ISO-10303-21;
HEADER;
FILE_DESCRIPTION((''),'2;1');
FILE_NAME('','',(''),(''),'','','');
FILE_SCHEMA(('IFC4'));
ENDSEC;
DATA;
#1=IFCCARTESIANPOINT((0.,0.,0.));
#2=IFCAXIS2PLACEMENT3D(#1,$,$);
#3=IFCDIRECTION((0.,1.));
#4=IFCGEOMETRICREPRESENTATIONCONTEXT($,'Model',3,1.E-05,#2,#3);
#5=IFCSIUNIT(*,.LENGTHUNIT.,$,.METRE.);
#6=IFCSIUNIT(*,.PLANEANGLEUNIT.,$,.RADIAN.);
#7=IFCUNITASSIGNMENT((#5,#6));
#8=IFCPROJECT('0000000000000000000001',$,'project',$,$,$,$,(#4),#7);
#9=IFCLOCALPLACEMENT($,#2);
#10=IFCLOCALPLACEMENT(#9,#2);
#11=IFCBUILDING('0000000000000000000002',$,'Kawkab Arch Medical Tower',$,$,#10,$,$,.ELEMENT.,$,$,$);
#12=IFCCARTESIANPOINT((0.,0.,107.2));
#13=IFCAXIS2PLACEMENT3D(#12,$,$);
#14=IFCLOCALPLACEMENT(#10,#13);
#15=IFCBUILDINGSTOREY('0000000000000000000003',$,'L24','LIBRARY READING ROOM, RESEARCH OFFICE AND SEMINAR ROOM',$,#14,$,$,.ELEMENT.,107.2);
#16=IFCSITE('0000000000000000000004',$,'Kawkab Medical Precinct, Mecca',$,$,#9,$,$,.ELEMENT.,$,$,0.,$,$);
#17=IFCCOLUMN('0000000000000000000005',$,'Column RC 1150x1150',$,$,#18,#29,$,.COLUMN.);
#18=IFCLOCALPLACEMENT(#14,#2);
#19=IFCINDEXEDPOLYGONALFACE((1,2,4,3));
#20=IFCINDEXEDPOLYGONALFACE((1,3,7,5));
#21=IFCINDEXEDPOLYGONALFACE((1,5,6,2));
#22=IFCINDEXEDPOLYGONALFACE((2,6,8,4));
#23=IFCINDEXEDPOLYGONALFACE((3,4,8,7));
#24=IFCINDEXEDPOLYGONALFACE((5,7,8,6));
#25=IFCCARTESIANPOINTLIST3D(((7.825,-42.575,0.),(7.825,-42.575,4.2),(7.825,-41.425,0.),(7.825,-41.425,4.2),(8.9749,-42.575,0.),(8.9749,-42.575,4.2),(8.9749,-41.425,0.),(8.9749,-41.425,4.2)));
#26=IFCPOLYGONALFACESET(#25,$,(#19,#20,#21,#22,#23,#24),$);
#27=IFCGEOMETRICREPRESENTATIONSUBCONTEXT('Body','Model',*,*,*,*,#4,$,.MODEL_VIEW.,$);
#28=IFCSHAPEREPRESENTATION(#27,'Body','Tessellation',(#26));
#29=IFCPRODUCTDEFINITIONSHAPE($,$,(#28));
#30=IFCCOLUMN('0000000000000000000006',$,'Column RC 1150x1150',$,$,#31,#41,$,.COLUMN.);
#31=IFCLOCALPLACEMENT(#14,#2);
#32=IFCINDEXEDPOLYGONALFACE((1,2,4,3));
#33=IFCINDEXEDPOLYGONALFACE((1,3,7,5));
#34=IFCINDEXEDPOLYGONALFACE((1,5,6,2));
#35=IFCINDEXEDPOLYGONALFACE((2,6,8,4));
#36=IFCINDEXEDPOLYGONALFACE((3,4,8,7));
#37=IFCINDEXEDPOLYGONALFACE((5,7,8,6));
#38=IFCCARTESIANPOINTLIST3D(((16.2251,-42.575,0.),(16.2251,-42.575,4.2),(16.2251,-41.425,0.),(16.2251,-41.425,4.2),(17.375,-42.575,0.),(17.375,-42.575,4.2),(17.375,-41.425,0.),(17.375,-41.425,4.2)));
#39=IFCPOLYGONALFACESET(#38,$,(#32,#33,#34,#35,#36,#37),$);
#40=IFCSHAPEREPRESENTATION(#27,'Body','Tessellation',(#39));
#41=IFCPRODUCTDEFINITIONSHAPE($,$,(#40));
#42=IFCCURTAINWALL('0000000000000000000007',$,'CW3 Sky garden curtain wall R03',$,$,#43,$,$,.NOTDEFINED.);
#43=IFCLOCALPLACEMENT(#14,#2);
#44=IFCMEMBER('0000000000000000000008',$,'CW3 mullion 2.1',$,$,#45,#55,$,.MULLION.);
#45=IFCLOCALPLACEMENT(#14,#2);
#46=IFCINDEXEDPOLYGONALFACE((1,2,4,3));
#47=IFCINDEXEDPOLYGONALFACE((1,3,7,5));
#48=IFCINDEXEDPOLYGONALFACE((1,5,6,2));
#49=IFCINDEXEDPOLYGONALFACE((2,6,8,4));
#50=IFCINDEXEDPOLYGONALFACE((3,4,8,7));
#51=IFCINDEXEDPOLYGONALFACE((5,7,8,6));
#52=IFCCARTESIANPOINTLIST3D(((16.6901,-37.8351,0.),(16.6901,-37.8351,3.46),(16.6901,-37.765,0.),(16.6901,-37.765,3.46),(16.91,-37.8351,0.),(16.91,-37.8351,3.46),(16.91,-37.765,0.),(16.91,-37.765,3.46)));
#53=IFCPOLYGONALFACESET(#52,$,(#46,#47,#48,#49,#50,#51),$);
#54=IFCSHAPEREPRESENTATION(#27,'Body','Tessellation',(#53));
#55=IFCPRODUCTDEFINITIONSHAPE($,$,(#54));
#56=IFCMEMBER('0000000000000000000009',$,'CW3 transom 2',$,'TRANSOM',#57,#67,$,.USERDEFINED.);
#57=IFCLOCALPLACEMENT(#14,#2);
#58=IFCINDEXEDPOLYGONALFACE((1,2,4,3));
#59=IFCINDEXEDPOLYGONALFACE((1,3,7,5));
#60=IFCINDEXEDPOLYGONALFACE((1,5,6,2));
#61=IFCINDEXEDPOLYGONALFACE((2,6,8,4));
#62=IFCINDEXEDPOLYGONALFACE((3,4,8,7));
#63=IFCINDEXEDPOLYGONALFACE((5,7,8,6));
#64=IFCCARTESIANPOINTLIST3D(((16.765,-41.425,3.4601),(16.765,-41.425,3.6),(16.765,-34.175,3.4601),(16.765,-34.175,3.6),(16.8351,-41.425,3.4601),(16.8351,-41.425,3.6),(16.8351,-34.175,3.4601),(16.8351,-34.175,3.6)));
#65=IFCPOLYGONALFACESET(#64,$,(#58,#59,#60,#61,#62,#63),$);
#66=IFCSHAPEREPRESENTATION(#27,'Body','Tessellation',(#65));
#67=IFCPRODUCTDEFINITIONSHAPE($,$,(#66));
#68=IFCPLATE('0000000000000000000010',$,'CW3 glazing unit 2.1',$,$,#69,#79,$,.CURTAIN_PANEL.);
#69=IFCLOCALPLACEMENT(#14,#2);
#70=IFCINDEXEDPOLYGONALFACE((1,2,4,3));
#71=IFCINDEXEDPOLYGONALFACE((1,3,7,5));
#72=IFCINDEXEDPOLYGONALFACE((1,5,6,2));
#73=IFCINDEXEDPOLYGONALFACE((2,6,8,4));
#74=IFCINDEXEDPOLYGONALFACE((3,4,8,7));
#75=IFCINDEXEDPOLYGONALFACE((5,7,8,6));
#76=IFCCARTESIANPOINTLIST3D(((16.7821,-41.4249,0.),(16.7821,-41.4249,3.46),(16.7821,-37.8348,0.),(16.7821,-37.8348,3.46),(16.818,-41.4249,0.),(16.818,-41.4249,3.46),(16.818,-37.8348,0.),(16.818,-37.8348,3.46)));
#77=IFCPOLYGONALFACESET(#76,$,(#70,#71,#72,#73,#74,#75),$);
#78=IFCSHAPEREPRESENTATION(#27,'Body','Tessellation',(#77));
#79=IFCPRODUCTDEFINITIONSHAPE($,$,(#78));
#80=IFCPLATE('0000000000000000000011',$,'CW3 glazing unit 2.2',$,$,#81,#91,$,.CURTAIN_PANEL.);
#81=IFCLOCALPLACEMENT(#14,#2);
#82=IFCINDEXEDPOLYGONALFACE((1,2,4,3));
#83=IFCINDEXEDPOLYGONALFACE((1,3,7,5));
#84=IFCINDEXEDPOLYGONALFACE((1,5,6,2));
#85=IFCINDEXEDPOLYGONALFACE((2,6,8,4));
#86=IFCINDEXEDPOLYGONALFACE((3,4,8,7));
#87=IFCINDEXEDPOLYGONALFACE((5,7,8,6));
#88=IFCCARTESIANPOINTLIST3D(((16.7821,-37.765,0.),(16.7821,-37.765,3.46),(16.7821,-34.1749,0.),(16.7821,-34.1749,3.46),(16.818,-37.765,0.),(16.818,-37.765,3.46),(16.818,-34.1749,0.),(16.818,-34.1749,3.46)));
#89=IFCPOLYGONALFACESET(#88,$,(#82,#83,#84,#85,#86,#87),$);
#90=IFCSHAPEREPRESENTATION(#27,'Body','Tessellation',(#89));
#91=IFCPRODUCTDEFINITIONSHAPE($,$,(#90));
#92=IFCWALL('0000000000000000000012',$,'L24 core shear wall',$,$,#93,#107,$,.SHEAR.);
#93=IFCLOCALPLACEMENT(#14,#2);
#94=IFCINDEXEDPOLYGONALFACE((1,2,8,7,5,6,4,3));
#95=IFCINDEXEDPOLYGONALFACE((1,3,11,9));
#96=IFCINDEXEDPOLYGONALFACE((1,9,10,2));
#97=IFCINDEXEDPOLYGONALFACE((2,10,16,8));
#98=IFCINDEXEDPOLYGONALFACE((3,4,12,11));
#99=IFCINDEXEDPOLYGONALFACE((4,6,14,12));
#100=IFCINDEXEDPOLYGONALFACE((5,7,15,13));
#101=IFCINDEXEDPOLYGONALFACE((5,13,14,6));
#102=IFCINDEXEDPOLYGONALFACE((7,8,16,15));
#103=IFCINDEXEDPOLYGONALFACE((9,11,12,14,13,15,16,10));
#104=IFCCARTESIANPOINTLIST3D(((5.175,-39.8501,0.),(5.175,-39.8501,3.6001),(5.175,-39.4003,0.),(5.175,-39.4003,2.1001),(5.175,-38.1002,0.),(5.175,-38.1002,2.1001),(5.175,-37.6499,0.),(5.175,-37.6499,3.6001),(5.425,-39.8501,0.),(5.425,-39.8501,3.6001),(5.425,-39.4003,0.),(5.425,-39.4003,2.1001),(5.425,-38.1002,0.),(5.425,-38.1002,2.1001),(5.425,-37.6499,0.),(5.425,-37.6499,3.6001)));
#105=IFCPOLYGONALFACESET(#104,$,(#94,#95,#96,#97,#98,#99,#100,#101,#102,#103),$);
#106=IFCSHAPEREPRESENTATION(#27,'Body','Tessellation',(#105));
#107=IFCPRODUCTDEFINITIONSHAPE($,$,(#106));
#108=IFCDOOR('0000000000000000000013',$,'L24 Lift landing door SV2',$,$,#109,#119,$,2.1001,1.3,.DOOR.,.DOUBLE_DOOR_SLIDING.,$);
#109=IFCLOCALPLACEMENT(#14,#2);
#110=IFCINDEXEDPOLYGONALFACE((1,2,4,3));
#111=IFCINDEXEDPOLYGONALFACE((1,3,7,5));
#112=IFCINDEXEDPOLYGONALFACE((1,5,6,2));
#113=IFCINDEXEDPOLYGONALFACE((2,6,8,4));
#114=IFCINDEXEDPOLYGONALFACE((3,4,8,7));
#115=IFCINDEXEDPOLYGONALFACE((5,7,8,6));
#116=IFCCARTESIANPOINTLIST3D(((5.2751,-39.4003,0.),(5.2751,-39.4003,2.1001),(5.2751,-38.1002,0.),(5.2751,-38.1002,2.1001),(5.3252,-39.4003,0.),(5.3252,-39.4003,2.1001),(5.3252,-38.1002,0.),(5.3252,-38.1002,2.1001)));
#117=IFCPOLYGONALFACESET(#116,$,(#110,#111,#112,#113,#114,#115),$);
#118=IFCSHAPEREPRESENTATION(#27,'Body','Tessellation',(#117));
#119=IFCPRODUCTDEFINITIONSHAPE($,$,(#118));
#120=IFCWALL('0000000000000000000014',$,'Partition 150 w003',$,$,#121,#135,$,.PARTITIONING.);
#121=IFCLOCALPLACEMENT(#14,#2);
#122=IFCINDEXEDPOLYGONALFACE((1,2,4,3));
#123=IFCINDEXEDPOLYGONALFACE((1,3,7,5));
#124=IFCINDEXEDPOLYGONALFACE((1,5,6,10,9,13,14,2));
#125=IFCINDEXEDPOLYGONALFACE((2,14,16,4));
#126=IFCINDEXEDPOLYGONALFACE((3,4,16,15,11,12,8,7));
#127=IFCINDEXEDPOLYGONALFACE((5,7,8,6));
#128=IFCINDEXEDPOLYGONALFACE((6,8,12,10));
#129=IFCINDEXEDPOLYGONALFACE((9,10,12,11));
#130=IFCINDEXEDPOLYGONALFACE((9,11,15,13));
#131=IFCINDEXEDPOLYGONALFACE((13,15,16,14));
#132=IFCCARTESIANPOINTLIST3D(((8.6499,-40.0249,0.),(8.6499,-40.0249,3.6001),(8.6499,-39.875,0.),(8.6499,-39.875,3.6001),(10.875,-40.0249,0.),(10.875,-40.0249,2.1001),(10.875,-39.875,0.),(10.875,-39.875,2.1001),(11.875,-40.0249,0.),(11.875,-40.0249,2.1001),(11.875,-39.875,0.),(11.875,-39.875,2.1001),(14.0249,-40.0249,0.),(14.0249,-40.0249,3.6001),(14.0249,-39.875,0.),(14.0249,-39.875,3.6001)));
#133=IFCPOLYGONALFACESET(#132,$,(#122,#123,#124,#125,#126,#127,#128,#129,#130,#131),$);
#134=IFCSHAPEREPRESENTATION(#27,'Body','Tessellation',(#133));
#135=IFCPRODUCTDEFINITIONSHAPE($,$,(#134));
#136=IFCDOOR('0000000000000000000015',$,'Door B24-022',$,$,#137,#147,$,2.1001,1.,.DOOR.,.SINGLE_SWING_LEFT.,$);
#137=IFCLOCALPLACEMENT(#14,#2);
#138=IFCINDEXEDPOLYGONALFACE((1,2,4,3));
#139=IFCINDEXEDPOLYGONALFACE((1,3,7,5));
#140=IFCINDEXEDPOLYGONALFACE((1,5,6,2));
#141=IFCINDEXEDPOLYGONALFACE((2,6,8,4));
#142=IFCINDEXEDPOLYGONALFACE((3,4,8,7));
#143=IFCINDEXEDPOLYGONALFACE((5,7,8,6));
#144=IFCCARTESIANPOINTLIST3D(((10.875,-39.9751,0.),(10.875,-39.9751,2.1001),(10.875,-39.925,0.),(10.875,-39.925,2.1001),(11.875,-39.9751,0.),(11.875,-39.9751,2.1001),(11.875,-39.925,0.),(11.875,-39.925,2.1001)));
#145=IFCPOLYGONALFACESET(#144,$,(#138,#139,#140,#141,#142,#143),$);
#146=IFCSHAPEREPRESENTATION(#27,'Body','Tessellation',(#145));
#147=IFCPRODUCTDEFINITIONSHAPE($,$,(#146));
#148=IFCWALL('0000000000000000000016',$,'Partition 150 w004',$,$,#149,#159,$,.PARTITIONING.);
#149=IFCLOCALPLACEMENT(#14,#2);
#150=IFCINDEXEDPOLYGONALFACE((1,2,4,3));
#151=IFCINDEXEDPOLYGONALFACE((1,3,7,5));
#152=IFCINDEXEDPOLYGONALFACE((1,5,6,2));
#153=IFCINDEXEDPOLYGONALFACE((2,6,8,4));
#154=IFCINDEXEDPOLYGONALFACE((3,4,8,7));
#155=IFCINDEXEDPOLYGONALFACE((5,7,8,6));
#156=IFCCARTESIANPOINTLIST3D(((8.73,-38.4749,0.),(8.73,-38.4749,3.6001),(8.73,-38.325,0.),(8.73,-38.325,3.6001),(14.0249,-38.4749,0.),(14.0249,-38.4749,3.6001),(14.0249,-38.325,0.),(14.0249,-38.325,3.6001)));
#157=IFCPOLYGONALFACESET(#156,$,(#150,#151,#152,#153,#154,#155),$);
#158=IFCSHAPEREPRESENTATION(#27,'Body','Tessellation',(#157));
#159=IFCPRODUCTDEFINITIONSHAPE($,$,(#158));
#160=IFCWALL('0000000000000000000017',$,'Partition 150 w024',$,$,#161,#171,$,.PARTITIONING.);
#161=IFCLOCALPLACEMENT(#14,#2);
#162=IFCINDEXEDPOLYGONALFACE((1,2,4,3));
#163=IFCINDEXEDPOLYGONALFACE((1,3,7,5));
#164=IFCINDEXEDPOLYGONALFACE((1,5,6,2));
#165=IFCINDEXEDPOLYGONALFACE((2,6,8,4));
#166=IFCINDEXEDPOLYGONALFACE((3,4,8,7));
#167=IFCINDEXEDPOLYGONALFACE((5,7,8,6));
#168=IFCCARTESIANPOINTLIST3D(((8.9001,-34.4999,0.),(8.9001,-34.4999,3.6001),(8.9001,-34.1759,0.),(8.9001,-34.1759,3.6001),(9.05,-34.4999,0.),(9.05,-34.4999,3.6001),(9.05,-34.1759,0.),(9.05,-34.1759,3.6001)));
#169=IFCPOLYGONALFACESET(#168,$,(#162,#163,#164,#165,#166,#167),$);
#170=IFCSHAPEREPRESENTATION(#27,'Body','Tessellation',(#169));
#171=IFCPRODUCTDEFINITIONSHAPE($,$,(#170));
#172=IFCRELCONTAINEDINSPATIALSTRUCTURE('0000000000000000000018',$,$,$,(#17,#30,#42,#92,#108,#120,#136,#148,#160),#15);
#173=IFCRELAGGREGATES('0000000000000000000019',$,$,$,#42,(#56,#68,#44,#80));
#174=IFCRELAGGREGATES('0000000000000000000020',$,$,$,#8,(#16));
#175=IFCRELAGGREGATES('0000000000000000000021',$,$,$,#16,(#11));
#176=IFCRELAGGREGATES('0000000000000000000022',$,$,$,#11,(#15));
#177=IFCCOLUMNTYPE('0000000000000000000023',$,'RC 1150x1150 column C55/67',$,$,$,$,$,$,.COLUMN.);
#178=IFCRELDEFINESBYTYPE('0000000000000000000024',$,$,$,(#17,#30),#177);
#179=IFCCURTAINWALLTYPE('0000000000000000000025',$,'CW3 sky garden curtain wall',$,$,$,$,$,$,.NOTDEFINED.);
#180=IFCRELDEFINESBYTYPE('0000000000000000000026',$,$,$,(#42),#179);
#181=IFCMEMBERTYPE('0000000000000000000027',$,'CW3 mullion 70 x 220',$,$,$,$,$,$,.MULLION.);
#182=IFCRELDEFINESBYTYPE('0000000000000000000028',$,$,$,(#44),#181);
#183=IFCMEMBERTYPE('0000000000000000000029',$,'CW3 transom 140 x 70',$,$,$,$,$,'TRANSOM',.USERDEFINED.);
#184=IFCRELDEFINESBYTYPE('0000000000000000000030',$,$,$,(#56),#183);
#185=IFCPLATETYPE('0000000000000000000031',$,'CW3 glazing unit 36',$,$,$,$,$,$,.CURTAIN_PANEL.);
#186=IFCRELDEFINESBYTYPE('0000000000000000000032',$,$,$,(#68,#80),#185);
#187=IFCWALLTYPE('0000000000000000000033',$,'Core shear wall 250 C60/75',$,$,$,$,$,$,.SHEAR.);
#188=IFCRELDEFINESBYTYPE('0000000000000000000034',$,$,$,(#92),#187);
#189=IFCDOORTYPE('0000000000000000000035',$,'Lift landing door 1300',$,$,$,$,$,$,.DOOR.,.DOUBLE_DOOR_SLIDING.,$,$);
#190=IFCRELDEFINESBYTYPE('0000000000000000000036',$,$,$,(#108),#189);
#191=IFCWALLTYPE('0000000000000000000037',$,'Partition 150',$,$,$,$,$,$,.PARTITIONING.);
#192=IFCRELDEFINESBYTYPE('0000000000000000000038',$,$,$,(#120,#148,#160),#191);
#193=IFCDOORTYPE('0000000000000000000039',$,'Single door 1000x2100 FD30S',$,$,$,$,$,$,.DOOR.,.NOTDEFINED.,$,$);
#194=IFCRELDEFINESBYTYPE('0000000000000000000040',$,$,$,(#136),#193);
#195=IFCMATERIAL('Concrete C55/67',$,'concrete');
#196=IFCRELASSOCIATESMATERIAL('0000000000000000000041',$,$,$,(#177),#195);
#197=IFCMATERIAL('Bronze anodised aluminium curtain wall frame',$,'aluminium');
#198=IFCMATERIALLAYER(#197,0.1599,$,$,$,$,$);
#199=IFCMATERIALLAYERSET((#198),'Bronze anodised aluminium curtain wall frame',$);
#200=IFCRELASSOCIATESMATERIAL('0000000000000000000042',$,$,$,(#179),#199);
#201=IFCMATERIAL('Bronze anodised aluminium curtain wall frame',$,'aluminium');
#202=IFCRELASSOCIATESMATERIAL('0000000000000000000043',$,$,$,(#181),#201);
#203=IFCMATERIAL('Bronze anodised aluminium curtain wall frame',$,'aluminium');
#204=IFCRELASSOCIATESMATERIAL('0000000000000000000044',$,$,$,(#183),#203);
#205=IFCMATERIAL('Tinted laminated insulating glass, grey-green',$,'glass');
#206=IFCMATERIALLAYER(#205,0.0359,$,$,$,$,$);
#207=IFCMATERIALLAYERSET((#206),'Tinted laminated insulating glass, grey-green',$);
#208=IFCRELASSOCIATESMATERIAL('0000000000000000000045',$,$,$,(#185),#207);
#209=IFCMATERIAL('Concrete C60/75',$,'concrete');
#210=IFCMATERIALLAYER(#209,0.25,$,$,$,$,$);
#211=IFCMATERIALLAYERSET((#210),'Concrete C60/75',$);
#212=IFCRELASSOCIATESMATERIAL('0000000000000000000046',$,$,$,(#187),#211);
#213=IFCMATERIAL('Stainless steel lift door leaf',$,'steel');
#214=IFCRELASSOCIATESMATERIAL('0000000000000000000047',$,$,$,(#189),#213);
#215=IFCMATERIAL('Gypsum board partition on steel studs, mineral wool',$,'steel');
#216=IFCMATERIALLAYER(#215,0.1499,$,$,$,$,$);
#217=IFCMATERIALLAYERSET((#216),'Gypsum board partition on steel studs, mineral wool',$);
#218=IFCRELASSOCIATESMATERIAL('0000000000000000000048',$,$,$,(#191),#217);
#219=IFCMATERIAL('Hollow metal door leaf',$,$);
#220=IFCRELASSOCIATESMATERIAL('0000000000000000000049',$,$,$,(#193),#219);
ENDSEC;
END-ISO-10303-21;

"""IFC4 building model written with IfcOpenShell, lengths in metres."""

from ifc_helpers import new_model, si_unit, direction, frame, frame_2d, origin, origin_2d, place, context, subcontext, project, spatial, rectangle, extrude, material, layer, layer_set, material_profile, profile_set, type_object, element, fill, aggregate, save


model = new_model("IFC4")

# Units and contexts
model_context = context("Model", 3, precision=1e-05, world=origin(), true_north=direction((0.0, 1.0)))
body_context = subcontext(model_context, "Body", "Model", "MODEL_VIEW")
ifc_project = project(units=[si_unit("LENGTHUNIT", "METRE"), si_unit("PLANEANGLEUNIT", "RADIAN")], contexts=[model_context])

# Site, building, storey
site_placement = place(None, origin())
site = spatial("IfcSite", under=ifc_project, at=site_placement, Name="Kawkab Medical Precinct, Mecca", CompositionType="ELEMENT", RefElevation=0.0)
building_placement = place(site_placement, origin())
building = spatial("IfcBuilding", under=site, at=building_placement, Name="Kawkab Arch Medical Tower", CompositionType="ELEMENT")
storey_placement = place(building_placement, frame((0.0, 0.0, 107.2)))
storey = spatial("IfcBuildingStorey", under=building, at=storey_placement, Name="L24", Description="LIBRARY READING ROOM, RESEARCH OFFICE AND SEMINAR ROOM", CompositionType="ELEMENT", Elevation=107.2)

# Columns
ifc_material_1 = material(Name="Concrete C55/67", Category="concrete")
ifc_material_profile_1 = material_profile(ifc_material_1, rectangle(XDim=1.1499, YDim=1.1499, at=origin_2d()), Name="RC 1150x1150")
ifc_profile_set_1 = profile_set([ifc_material_profile_1], Name="Concrete C55/67")
column_type = type_object("IfcColumnType", Name="RC 1150x1150 column C55/67", PredefinedType="COLUMN", material=ifc_profile_set_1)
for number, where, z_axis, x_axis, name in (
    (1, (8.3999, -42.0, 0.0), (0.0, 0.0, 1.0), (1.0, 0.0, 0.0), "Column RC 1150x1150"),
    (2, (16.8, -42.0, 0.0), (0.0, 0.0, 1.0), (1.0, 0.0, 0.0), "Column RC 1150x1150"),
):
    element("IfcColumn", number, at=place(storey_placement, frame(where, z_axis=z_axis, x_axis=x_axis)), inside=storey, type_object=column_type, Name=name, PredefinedType="COLUMN", context=body_context, shape_type="SweptSolid", body=[
        extrude(rectangle(XDim=1.1499, YDim=1.1499, at=origin_2d()), origin(), (0.0, 0.0, 1.0), 4.2),
    ])

# Curtain wall, members, plates
ifc_material_2 = material(Name="Bronze anodised aluminium curtain wall frame", Category="aluminium")
ifc_layer_1 = layer(ifc_material_2, 0.1599)
ifc_layer_set_1 = layer_set([ifc_layer_1], Name="Bronze anodised aluminium curtain wall frame")
curtain_wall_type = type_object("IfcCurtainWallType", Name="CW3 sky garden curtain wall", PredefinedType="NOTDEFINED", material=ifc_layer_set_1)
placement = place(storey_placement, origin())
curtain_wall = element("IfcCurtainWall", 3, at=placement, inside=storey, type_object=curtain_wall_type, Name="CW3 Sky garden curtain wall R03", PredefinedType="NOTDEFINED")
ifc_material_3 = material(Name="Bronze anodised aluminium curtain wall frame", Category="aluminium")
ifc_material_profile_2 = material_profile(ifc_material_3, rectangle(XDim=0.22, YDim=0.0701, at=origin_2d()), Name="AL 70x220")
ifc_profile_set_2 = profile_set([ifc_material_profile_2], Name="Bronze anodised aluminium curtain wall frame")
member_type_1 = type_object("IfcMemberType", Name="CW3 mullion 70 x 220", PredefinedType="MULLION", material=ifc_profile_set_2)
member_1_placement = place(storey_placement, frame((16.8, -37.8, 0.0), z_axis=(0.0, 0.0, 1.0), x_axis=(-1.0, 0.0, 0.0)))
member_1 = element("IfcMember", 4, at=member_1_placement, type_object=member_type_1, Name="CW3 mullion 2.1", PredefinedType="MULLION", context=body_context, shape_type="SweptSolid", body=[
    extrude(rectangle(XDim=0.22, YDim=0.0701, at=origin_2d()), origin(), (0.0, 0.0, 1.0), 3.46),
])
ifc_material_4 = material(Name="Bronze anodised aluminium curtain wall frame", Category="aluminium")
ifc_material_profile_3 = material_profile(ifc_material_4, rectangle(XDim=0.0701, YDim=0.1399, at=origin_2d()), Name="AL 70x140")
ifc_profile_set_3 = profile_set([ifc_material_profile_3], Name="Bronze anodised aluminium curtain wall frame")
member_type_2 = type_object("IfcMemberType", Name="CW3 transom 140 x 70", ElementType="TRANSOM", PredefinedType="USERDEFINED", material=ifc_profile_set_3)
member_2_placement = place(storey_placement, frame((16.8, -41.425, 3.53), z_axis=(0.0, 1.0, 0.0), x_axis=(-1.0, 0.0, 0.0)))
member_2 = element("IfcMember", 5, at=member_2_placement, type_object=member_type_2, Name="CW3 transom 2", ObjectType="TRANSOM", PredefinedType="USERDEFINED", context=body_context, shape_type="SweptSolid", body=[
    extrude(rectangle(XDim=0.0701, YDim=0.1399, at=origin_2d()), origin(), (0.0, 0.0, 1.0), 7.25),
])
ifc_material_5 = material(Name="Tinted laminated insulating glass, grey-green", Category="glass")
ifc_layer_2 = layer(ifc_material_5, 0.0359)
ifc_layer_set_2 = layer_set([ifc_layer_2], Name="Tinted laminated insulating glass, grey-green")
plate_type = type_object("IfcPlateType", Name="CW3 glazing unit 36", PredefinedType="CURTAIN_PANEL", material=ifc_layer_set_2)
plate_1_placement = place(storey_placement, frame((16.8, -39.6299, 0.0), z_axis=(0.0, 0.0, 1.0), x_axis=(0.0, 1.0, 0.0)))
plate_1 = element("IfcPlate", 6, at=plate_1_placement, type_object=plate_type, Name="CW3 glazing unit 2.1", PredefinedType="CURTAIN_PANEL", context=body_context, shape_type="SweptSolid", body=[
    extrude(rectangle(XDim=3.5901, YDim=0.0359, at=origin_2d()), origin(), (0.0, 0.0, 1.0), 3.46),
])
plate_2_placement = place(storey_placement, frame((16.8, -35.97, 0.0), z_axis=(0.0, 0.0, 1.0), x_axis=(0.0, 1.0, 0.0)))
plate_2 = element("IfcPlate", 7, at=plate_2_placement, type_object=plate_type, Name="CW3 glazing unit 2.2", PredefinedType="CURTAIN_PANEL", context=body_context, shape_type="SweptSolid", body=[
    extrude(rectangle(XDim=3.5901, YDim=0.0359, at=origin_2d()), origin(), (0.0, 0.0, 1.0), 3.46),
])
aggregate(curtain_wall, [member_2, plate_1, member_1, plate_2])

# Walls, openings, doors
ifc_material_6 = material(Name="Concrete C60/75", Category="concrete")
ifc_layer_3 = layer(ifc_material_6, 0.25)
ifc_layer_set_3 = layer_set([ifc_layer_3], Name="Concrete C60/75")
wall_type_1 = type_object("IfcWallType", Name="Core shear wall 250 C60/75", PredefinedType="SHEAR", material=ifc_layer_set_3)
wall_1_placement = place(storey_placement, frame((5.3, -39.8501, 0.0), z_axis=(0.0, 0.0, 1.0), x_axis=(0.0, 1.0, 0.0)))
wall_1 = element("IfcWall", 8, at=wall_1_placement, inside=storey, type_object=wall_type_1, Name="L24 core shear wall", PredefinedType="SHEAR", context=body_context, shape_type="SweptSolid", body=[
    extrude(rectangle(XDim=2.2002, YDim=0.25, at=frame_2d((1.1001, 0.0))), origin(), (0.0, 0.0, 1.0), 3.6001),
])
opening_1_placement = place(wall_1_placement, frame((0.45, 0.0, 0.0)))
opening_1 = element("IfcOpeningElement", 9, at=opening_1_placement, cuts=wall_1, PredefinedType="OPENING", context=body_context, shape_type="SweptSolid", body=[
    extrude(rectangle(XDim=1.3, YDim=2.1001, at=frame_2d((0.6499, 1.05))), frame((0.0, 0.135, 0.0), z_axis=(0.0, -1.0, 0.0), x_axis=(1.0, 0.0, 0.0)), (0.0, 0.0, 1.0), 0.27),
])
ifc_material_7 = material(Name="Stainless steel lift door leaf", Category="steel")
door_type_1 = type_object("IfcDoorType", Name="Lift landing door 1300", OperationType="DOUBLE_DOOR_SLIDING", PredefinedType="DOOR", material=ifc_material_7)
door_1_placement = place(opening_1_placement, origin())
door_1 = element("IfcDoor", 10, at=door_1_placement, inside=storey, type_object=door_type_1, Name="L24 Lift landing door SV2", OperationType="DOUBLE_DOOR_SLIDING", OverallHeight=2.1001, OverallWidth=1.3, PredefinedType="DOOR", context=body_context, shape_type="SweptSolid", body=[
    extrude(rectangle(XDim=1.3, YDim=2.1001, at=frame_2d((0.6499, 1.05))), frame((0.0, 0.0249, 0.0), z_axis=(0.0, -1.0, 0.0), x_axis=(1.0, 0.0, 0.0)), (0.0, 0.0, 1.0), 0.05),
])
fill(opening_1, door_1)
ifc_material_8 = material(Name="Gypsum board partition on steel studs, mineral wool", Category="steel")
ifc_layer_4 = layer(ifc_material_8, 0.1499)
ifc_layer_set_4 = layer_set([ifc_layer_4], Name="Gypsum board partition on steel studs, mineral wool")
wall_type_2 = type_object("IfcWallType", Name="Partition 150", PredefinedType="PARTITIONING", material=ifc_layer_set_4)
wall_2_placement = place(storey_placement, frame((8.6499, -39.95, 0.0), z_axis=(0.0, 0.0, 1.0), x_axis=(1.0, 0.0, 0.0)))
wall_2 = element("IfcWall", 11, at=wall_2_placement, inside=storey, type_object=wall_type_2, Name="Partition 150 w003", PredefinedType="PARTITIONING", context=body_context, shape_type="SweptSolid", body=[
    extrude(rectangle(XDim=5.375, YDim=0.1499, at=frame_2d((2.6875, 0.0))), origin(), (0.0, 0.0, 1.0), 3.6001),
])
opening_2_placement = place(wall_2_placement, frame((2.2251, 0.0, 0.0)))
opening_2 = element("IfcOpeningElement", 12, at=opening_2_placement, cuts=wall_2, PredefinedType="OPENING", context=body_context, shape_type="SweptSolid", body=[
    extrude(rectangle(XDim=1.0, YDim=2.1001, at=frame_2d((0.5, 1.05))), frame((0.0, 0.085, 0.0), z_axis=(0.0, -1.0, 0.0), x_axis=(1.0, 0.0, 0.0)), (0.0, 0.0, 1.0), 0.1699),
])
ifc_material_9 = material(Name="Hollow metal door leaf")
door_type_2 = type_object("IfcDoorType", Name="Single door 1000x2100 FD30S", OperationType="NOTDEFINED", PredefinedType="DOOR", material=ifc_material_9)
door_2_placement = place(opening_2_placement, origin())
door_2 = element("IfcDoor", 13, at=door_2_placement, inside=storey, type_object=door_type_2, Name="Door B24-022", OperationType="SINGLE_SWING_LEFT", OverallHeight=2.1001, OverallWidth=1.0, PredefinedType="DOOR", context=body_context, shape_type="SweptSolid", body=[
    extrude(rectangle(XDim=1.0, YDim=2.1001, at=frame_2d((0.5, 1.05))), frame((0.0, 0.0249, 0.0), z_axis=(0.0, -1.0, 0.0), x_axis=(1.0, 0.0, 0.0)), (0.0, 0.0, 1.0), 0.05),
])
fill(opening_2, door_2)

# Walls
wall_3_placement = place(storey_placement, frame((8.73, -38.3999, 0.0), z_axis=(0.0, 0.0, 1.0), x_axis=(1.0, 0.0, 0.0)))
element("IfcWall", 14, at=wall_3_placement, inside=storey, type_object=wall_type_2, Name="Partition 150 w004", PredefinedType="PARTITIONING", context=body_context, shape_type="SweptSolid", body=[
    extrude(rectangle(XDim=5.2949, YDim=0.1499, at=frame_2d((2.6475, 0.0))), origin(), (0.0, 0.0, 1.0), 3.6001),
])
wall_4_placement = place(storey_placement, frame((8.9751, -34.5, 0.0), z_axis=(0.0, 0.0, 1.0), x_axis=(0.0, 1.0, 0.0)))
element("IfcWall", 15, at=wall_4_placement, inside=storey, type_object=wall_type_2, Name="Partition 150 w024", PredefinedType="PARTITIONING", context=body_context, shape_type="SweptSolid", body=[
    extrude(rectangle(XDim=0.324, YDim=0.1499, at=frame_2d((0.1621, 0.0))), origin(), (0.0, 0.0, 1.0), 3.6001),
])

save(model, "model.ifc")
